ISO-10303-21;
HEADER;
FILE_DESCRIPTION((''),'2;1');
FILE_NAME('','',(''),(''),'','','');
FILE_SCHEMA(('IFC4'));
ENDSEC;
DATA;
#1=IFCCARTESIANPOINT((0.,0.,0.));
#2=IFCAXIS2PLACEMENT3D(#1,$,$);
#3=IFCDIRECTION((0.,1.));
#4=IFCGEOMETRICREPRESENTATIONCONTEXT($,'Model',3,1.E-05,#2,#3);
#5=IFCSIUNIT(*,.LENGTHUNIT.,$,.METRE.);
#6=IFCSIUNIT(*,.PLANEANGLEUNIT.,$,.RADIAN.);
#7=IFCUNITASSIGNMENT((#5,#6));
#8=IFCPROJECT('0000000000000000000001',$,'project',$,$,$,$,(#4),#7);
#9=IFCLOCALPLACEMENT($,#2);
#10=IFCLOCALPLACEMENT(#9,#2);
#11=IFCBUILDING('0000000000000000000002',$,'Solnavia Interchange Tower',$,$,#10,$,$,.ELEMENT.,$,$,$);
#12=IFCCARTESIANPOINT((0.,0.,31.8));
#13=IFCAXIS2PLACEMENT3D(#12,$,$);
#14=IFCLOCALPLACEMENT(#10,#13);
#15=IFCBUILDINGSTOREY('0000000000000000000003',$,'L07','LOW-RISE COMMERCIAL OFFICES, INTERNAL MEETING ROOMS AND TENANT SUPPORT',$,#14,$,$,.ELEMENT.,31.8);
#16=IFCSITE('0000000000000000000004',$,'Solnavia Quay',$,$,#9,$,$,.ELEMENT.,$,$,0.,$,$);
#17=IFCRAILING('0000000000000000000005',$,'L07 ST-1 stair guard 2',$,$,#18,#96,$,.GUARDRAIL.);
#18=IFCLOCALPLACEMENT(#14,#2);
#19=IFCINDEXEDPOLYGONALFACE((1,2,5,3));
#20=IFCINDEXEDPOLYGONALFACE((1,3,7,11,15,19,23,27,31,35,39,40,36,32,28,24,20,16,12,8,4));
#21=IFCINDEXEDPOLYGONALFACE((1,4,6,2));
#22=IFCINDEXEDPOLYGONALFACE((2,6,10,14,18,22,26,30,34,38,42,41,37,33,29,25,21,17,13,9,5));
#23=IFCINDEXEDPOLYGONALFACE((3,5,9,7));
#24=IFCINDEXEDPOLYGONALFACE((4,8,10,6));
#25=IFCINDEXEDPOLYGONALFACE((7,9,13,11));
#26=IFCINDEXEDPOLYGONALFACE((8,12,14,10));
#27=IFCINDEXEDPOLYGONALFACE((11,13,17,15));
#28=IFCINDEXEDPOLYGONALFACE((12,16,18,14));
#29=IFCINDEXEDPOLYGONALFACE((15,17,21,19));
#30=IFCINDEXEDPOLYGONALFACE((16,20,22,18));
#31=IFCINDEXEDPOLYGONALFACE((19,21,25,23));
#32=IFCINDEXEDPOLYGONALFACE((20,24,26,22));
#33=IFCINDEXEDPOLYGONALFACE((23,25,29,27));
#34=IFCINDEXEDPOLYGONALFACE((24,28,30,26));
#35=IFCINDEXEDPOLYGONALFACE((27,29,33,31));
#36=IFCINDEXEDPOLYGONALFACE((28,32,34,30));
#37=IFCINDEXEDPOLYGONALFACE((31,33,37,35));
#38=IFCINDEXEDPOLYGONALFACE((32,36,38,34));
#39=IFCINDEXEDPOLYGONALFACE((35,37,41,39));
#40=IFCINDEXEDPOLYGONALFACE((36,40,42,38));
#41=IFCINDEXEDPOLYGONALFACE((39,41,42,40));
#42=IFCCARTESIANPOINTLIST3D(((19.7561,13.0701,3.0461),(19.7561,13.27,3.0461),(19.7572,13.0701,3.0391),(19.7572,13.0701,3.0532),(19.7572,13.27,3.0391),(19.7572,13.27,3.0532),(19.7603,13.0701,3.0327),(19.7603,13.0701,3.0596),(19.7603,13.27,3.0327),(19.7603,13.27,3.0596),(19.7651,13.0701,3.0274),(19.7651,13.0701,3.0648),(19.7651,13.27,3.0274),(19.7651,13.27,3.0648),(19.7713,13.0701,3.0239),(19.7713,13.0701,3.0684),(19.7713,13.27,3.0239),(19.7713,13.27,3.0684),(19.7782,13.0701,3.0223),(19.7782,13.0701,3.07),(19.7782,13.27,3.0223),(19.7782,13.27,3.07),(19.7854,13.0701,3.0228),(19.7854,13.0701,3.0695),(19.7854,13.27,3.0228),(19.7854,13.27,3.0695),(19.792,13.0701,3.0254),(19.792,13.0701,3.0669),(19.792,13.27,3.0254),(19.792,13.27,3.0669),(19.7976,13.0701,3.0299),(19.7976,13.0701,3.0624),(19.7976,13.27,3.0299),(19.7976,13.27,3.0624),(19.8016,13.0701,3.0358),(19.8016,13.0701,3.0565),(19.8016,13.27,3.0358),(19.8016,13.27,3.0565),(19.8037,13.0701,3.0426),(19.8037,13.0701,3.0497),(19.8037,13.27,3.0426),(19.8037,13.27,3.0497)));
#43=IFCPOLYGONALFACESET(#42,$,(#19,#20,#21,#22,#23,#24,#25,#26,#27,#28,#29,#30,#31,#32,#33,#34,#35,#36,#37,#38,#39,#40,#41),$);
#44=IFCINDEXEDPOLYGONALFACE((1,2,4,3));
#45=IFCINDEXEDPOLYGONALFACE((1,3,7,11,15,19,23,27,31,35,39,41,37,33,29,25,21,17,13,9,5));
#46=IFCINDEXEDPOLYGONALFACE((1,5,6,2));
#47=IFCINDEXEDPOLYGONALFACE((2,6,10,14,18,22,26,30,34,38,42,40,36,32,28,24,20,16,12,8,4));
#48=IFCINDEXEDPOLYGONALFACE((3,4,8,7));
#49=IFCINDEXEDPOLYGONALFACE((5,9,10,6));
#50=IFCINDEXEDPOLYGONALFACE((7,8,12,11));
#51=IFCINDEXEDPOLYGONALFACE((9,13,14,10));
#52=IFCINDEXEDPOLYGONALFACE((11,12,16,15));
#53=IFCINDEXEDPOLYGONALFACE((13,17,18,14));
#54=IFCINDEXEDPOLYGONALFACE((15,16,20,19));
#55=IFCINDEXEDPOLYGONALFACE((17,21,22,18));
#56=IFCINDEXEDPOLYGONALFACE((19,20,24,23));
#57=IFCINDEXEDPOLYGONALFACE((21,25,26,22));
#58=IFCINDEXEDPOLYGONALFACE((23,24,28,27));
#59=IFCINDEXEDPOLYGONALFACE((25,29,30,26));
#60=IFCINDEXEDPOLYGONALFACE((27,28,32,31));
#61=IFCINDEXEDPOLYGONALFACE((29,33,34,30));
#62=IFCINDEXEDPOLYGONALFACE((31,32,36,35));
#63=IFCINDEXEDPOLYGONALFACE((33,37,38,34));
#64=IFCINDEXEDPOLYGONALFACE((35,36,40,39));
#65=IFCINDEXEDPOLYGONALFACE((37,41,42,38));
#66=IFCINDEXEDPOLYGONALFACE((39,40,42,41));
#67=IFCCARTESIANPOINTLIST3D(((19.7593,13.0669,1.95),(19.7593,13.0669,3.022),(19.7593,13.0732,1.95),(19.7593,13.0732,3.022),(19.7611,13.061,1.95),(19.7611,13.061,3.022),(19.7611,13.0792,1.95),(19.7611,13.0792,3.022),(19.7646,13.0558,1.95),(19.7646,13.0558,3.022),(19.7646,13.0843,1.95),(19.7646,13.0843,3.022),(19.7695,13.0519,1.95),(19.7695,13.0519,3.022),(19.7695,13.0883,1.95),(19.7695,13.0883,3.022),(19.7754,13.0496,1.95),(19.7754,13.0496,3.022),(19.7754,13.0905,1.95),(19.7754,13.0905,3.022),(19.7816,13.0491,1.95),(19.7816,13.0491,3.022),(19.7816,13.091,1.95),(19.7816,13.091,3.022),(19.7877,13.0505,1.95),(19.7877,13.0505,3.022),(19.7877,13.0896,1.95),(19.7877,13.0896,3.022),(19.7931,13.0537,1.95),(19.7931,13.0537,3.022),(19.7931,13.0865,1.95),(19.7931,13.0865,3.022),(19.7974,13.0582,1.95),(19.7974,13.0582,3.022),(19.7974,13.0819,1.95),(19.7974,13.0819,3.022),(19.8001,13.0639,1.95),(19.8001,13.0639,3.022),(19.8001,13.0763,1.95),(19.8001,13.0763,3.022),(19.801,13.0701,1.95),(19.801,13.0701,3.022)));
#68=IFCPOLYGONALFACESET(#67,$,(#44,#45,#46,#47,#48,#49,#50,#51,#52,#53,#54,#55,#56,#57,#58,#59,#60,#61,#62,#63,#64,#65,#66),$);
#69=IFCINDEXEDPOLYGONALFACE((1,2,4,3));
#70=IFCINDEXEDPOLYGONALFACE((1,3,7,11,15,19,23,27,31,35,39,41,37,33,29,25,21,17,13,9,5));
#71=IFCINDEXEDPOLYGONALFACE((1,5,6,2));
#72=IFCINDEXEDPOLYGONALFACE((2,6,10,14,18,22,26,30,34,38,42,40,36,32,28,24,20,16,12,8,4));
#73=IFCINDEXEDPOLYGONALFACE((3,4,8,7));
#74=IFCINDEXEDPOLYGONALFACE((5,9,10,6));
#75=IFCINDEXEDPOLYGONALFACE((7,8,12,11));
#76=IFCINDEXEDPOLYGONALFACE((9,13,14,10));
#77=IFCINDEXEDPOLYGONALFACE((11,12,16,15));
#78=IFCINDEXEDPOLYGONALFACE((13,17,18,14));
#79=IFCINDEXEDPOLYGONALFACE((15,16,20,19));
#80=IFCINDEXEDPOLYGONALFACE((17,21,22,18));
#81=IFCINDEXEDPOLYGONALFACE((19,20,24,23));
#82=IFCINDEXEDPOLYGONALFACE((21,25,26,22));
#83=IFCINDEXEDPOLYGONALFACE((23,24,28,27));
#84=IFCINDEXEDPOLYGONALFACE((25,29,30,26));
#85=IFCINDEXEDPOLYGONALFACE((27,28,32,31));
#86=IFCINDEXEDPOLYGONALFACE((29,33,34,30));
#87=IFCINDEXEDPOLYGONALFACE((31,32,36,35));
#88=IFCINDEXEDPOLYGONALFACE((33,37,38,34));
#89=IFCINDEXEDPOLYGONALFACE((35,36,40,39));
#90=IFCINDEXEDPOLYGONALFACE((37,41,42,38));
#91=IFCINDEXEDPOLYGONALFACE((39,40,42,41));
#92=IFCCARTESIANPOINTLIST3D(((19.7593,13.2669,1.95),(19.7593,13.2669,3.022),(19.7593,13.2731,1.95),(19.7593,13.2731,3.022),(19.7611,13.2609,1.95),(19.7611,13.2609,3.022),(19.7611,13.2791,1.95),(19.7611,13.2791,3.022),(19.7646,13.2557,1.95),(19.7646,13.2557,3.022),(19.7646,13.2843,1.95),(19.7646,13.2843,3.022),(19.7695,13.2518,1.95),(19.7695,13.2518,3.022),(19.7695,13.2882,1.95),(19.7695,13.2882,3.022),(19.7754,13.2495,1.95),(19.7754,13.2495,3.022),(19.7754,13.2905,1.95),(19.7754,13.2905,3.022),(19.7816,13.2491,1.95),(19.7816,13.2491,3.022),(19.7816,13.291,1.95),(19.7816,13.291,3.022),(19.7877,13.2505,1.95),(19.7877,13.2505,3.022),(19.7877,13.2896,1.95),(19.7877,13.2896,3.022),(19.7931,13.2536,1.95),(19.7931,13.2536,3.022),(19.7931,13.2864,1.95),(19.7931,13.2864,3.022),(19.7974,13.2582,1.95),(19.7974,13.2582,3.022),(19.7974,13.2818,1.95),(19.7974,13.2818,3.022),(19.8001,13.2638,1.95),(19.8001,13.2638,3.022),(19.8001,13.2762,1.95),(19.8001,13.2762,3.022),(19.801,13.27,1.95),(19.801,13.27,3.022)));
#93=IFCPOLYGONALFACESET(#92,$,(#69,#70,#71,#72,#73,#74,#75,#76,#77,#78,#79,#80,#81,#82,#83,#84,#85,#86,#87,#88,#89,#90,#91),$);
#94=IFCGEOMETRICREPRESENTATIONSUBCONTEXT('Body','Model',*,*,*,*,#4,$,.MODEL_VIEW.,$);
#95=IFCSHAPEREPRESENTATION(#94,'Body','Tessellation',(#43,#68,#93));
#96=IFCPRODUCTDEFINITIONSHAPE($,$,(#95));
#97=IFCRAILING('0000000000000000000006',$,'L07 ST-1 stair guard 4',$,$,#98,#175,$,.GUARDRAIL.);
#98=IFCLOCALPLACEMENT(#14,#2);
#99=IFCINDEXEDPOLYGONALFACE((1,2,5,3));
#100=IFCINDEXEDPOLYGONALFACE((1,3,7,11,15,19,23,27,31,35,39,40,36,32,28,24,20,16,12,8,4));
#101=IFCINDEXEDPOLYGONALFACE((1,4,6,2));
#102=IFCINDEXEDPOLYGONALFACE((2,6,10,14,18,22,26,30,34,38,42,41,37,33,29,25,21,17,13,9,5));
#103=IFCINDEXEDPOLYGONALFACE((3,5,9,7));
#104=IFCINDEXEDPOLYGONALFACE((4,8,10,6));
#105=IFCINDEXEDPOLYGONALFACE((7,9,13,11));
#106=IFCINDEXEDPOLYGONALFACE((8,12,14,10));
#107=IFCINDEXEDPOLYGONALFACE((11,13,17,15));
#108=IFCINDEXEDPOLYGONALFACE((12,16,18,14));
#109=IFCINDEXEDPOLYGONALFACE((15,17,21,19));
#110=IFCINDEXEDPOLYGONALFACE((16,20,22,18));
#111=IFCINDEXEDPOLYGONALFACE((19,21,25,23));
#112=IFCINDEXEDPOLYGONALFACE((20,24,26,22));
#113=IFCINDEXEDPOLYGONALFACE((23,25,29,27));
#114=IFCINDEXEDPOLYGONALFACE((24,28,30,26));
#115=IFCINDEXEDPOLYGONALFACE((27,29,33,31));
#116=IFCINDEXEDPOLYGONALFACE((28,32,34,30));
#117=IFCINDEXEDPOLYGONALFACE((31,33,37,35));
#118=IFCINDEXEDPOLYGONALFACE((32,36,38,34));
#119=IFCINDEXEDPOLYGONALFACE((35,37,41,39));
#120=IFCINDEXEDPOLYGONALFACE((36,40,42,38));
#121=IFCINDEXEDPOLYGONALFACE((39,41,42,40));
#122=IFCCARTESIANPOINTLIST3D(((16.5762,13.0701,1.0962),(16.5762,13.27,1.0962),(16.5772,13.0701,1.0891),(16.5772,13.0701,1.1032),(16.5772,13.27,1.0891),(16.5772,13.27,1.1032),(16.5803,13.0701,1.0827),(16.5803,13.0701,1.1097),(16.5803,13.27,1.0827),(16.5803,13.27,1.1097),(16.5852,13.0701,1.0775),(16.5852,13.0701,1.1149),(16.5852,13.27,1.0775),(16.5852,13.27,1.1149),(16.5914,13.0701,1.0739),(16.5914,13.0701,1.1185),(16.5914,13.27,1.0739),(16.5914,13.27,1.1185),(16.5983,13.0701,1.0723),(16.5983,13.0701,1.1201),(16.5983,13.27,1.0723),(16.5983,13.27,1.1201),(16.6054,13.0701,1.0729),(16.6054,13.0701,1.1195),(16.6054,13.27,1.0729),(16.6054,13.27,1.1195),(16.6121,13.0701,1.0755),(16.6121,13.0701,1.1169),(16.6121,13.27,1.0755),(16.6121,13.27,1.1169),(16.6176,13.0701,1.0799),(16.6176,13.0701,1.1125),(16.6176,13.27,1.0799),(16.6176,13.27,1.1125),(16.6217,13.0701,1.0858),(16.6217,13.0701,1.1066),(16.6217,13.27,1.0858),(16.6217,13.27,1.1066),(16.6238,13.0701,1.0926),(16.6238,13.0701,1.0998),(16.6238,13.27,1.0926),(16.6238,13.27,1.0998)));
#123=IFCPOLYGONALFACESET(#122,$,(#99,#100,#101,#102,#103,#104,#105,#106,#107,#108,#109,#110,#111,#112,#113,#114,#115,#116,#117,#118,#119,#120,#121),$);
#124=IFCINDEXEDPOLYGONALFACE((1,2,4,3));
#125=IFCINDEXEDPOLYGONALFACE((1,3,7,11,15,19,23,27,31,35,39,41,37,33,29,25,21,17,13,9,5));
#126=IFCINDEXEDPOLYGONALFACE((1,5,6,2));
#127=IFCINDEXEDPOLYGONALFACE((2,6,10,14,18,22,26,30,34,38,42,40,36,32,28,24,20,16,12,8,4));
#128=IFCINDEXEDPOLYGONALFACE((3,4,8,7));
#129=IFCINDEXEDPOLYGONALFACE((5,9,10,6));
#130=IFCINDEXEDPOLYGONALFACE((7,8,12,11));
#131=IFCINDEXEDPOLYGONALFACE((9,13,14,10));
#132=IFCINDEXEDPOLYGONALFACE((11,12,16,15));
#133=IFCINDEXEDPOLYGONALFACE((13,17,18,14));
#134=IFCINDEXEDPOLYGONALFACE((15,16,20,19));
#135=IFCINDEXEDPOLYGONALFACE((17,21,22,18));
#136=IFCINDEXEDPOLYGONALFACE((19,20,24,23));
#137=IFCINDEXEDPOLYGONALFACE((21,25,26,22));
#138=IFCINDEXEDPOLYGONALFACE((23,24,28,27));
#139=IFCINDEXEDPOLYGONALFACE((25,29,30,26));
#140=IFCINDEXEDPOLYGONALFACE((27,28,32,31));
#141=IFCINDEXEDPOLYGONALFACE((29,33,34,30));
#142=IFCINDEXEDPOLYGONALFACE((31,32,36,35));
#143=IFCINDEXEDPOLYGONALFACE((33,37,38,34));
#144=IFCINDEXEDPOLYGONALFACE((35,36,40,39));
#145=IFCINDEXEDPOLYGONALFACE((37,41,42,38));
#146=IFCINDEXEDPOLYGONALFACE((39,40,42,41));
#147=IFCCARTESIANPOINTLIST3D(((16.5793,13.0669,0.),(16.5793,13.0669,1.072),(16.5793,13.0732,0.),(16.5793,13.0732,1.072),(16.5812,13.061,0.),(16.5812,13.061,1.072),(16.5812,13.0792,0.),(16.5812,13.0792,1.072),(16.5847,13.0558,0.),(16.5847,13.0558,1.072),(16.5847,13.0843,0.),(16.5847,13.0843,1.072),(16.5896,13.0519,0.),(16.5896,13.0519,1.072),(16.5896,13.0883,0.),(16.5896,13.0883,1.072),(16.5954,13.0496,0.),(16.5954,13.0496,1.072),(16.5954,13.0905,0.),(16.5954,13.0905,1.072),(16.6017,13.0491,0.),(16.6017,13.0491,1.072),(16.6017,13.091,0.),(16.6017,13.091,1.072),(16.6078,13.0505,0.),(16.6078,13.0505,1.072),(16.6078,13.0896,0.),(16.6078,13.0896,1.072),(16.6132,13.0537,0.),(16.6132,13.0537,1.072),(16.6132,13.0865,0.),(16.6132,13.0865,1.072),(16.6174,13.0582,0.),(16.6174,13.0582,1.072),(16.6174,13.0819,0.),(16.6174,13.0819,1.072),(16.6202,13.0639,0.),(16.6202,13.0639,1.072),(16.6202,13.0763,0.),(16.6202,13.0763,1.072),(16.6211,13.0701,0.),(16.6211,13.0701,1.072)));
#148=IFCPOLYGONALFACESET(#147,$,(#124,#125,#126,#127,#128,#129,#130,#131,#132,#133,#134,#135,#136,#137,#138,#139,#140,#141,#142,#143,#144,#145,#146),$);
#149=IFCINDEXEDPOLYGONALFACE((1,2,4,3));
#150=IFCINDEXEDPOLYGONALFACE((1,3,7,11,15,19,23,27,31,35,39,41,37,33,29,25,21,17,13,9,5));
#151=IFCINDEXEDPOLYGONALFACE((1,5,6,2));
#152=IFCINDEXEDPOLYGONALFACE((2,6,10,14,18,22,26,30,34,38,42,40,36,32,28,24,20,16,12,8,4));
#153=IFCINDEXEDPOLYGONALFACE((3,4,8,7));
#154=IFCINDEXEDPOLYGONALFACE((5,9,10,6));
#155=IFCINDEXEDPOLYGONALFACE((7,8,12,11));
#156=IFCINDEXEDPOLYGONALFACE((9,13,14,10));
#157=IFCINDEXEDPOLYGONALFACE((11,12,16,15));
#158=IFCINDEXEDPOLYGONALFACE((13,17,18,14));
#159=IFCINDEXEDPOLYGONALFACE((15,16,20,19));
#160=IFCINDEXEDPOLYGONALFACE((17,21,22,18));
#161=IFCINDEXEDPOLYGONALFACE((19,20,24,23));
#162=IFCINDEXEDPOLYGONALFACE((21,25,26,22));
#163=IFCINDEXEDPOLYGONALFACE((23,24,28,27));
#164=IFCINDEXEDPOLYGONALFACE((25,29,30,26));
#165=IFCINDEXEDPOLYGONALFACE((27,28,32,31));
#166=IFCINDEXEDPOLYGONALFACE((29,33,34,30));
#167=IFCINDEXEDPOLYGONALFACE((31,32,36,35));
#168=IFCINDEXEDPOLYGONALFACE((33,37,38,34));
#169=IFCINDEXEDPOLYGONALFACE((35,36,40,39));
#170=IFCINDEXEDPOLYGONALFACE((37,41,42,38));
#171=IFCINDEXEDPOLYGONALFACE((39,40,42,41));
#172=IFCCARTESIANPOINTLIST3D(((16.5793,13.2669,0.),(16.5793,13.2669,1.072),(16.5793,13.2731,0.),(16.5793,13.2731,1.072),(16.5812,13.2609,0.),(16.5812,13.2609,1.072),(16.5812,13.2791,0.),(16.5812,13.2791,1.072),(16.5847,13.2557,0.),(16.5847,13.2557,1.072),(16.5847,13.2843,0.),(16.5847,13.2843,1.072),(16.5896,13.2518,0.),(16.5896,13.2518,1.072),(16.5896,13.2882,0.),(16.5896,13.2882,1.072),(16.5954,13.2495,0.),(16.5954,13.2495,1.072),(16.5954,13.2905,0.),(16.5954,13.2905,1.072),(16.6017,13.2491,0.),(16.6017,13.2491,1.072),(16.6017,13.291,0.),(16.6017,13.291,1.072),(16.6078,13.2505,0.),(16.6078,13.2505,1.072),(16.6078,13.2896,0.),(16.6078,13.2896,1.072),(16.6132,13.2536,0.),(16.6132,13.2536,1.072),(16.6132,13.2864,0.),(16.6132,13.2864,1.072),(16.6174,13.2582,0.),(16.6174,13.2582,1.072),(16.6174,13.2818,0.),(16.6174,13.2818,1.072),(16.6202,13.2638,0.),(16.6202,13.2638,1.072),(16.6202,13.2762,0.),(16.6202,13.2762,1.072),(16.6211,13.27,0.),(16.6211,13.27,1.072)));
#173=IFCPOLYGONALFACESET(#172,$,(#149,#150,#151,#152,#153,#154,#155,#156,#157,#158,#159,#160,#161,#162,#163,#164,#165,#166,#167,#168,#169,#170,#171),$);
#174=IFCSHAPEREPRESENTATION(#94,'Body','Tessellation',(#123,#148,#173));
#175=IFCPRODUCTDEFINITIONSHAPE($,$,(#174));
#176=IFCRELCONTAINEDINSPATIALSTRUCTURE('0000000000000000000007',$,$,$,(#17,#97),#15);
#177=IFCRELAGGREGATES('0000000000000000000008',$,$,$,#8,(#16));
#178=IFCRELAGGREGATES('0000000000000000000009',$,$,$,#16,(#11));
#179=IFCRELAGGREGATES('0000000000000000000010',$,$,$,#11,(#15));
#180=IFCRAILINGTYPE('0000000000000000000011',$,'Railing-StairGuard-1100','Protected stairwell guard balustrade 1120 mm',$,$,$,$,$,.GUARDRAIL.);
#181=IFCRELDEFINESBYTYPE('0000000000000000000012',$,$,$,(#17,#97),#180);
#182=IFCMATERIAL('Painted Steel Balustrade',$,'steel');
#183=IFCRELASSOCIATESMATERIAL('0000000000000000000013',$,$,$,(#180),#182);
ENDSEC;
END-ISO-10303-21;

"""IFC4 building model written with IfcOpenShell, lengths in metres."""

from ifc_helpers import new_model, si_unit, direction, frame, origin, origin_2d, place, context, subcontext, project, spatial, circle, extrude, material, type_object, element, save


model = new_model("IFC4")

# Units and contexts
model_context = context("Model", 3, precision=1e-05, world=origin(), true_north=direction((0.0, 1.0)))
body_context = subcontext(model_context, "Body", "Model", "MODEL_VIEW")
ifc_project = project(units=[si_unit("LENGTHUNIT", "METRE"), si_unit("PLANEANGLEUNIT", "RADIAN")], contexts=[model_context])

# Site, building, storey
site_placement = place(None, origin())
site = spatial("IfcSite", under=ifc_project, at=site_placement, Name="Solnavia Quay", CompositionType="ELEMENT", RefElevation=0.0)
building_placement = place(site_placement, origin())
building = spatial("IfcBuilding", under=site, at=building_placement, Name="Solnavia Interchange Tower", CompositionType="ELEMENT")
storey_placement = place(building_placement, frame((0.0, 0.0, 31.8)))
storey = spatial("IfcBuildingStorey", under=building, at=storey_placement, Name="L07", Description="LOW-RISE COMMERCIAL OFFICES, INTERNAL MEETING ROOMS AND TENANT SUPPORT", CompositionType="ELEMENT", Elevation=31.8)

# Railings
ifc_material_1 = material(Name="Painted Steel Balustrade", Category="steel")
railing_type_1 = type_object("IfcRailingType", Name="Railing-StairGuard-1100", Description="Protected stairwell guard balustrade 1120 mm", PredefinedType="GUARDRAIL", material=ifc_material_1)
for number, where, name in (
    (1, (19.78, 13.0701, 1.95), "L07 ST-1 stair guard 2"),
    (2, (16.6001, 13.0701, 0.0), "L07 ST-1 stair guard 4"),
):
    element("IfcRailing", number, at=place(storey_placement, frame(where)), inside=storey, type_object=railing_type_1, Name=name, PredefinedType="GUARDRAIL", context=body_context, shape_type="SweptSolid", body=[
        extrude(circle(Radius=0.0239, at=origin_2d()), frame((0.0, 0.0, 1.0962), z_axis=(0.0, 1.0, 0.0), x_axis=(-1.0, 0.0, 0.0)), (0.0, 0.0, 1.0), 0.2),
        extrude(circle(Radius=0.021, at=origin_2d()), origin(), (0.0, 0.0, 1.0), 1.072),
        extrude(circle(Radius=0.021, at=origin_2d()), frame((0.0, 0.2, 0.0)), (0.0, 0.0, 1.0), 1.072),
    ])

save(model, "model.ifc")
